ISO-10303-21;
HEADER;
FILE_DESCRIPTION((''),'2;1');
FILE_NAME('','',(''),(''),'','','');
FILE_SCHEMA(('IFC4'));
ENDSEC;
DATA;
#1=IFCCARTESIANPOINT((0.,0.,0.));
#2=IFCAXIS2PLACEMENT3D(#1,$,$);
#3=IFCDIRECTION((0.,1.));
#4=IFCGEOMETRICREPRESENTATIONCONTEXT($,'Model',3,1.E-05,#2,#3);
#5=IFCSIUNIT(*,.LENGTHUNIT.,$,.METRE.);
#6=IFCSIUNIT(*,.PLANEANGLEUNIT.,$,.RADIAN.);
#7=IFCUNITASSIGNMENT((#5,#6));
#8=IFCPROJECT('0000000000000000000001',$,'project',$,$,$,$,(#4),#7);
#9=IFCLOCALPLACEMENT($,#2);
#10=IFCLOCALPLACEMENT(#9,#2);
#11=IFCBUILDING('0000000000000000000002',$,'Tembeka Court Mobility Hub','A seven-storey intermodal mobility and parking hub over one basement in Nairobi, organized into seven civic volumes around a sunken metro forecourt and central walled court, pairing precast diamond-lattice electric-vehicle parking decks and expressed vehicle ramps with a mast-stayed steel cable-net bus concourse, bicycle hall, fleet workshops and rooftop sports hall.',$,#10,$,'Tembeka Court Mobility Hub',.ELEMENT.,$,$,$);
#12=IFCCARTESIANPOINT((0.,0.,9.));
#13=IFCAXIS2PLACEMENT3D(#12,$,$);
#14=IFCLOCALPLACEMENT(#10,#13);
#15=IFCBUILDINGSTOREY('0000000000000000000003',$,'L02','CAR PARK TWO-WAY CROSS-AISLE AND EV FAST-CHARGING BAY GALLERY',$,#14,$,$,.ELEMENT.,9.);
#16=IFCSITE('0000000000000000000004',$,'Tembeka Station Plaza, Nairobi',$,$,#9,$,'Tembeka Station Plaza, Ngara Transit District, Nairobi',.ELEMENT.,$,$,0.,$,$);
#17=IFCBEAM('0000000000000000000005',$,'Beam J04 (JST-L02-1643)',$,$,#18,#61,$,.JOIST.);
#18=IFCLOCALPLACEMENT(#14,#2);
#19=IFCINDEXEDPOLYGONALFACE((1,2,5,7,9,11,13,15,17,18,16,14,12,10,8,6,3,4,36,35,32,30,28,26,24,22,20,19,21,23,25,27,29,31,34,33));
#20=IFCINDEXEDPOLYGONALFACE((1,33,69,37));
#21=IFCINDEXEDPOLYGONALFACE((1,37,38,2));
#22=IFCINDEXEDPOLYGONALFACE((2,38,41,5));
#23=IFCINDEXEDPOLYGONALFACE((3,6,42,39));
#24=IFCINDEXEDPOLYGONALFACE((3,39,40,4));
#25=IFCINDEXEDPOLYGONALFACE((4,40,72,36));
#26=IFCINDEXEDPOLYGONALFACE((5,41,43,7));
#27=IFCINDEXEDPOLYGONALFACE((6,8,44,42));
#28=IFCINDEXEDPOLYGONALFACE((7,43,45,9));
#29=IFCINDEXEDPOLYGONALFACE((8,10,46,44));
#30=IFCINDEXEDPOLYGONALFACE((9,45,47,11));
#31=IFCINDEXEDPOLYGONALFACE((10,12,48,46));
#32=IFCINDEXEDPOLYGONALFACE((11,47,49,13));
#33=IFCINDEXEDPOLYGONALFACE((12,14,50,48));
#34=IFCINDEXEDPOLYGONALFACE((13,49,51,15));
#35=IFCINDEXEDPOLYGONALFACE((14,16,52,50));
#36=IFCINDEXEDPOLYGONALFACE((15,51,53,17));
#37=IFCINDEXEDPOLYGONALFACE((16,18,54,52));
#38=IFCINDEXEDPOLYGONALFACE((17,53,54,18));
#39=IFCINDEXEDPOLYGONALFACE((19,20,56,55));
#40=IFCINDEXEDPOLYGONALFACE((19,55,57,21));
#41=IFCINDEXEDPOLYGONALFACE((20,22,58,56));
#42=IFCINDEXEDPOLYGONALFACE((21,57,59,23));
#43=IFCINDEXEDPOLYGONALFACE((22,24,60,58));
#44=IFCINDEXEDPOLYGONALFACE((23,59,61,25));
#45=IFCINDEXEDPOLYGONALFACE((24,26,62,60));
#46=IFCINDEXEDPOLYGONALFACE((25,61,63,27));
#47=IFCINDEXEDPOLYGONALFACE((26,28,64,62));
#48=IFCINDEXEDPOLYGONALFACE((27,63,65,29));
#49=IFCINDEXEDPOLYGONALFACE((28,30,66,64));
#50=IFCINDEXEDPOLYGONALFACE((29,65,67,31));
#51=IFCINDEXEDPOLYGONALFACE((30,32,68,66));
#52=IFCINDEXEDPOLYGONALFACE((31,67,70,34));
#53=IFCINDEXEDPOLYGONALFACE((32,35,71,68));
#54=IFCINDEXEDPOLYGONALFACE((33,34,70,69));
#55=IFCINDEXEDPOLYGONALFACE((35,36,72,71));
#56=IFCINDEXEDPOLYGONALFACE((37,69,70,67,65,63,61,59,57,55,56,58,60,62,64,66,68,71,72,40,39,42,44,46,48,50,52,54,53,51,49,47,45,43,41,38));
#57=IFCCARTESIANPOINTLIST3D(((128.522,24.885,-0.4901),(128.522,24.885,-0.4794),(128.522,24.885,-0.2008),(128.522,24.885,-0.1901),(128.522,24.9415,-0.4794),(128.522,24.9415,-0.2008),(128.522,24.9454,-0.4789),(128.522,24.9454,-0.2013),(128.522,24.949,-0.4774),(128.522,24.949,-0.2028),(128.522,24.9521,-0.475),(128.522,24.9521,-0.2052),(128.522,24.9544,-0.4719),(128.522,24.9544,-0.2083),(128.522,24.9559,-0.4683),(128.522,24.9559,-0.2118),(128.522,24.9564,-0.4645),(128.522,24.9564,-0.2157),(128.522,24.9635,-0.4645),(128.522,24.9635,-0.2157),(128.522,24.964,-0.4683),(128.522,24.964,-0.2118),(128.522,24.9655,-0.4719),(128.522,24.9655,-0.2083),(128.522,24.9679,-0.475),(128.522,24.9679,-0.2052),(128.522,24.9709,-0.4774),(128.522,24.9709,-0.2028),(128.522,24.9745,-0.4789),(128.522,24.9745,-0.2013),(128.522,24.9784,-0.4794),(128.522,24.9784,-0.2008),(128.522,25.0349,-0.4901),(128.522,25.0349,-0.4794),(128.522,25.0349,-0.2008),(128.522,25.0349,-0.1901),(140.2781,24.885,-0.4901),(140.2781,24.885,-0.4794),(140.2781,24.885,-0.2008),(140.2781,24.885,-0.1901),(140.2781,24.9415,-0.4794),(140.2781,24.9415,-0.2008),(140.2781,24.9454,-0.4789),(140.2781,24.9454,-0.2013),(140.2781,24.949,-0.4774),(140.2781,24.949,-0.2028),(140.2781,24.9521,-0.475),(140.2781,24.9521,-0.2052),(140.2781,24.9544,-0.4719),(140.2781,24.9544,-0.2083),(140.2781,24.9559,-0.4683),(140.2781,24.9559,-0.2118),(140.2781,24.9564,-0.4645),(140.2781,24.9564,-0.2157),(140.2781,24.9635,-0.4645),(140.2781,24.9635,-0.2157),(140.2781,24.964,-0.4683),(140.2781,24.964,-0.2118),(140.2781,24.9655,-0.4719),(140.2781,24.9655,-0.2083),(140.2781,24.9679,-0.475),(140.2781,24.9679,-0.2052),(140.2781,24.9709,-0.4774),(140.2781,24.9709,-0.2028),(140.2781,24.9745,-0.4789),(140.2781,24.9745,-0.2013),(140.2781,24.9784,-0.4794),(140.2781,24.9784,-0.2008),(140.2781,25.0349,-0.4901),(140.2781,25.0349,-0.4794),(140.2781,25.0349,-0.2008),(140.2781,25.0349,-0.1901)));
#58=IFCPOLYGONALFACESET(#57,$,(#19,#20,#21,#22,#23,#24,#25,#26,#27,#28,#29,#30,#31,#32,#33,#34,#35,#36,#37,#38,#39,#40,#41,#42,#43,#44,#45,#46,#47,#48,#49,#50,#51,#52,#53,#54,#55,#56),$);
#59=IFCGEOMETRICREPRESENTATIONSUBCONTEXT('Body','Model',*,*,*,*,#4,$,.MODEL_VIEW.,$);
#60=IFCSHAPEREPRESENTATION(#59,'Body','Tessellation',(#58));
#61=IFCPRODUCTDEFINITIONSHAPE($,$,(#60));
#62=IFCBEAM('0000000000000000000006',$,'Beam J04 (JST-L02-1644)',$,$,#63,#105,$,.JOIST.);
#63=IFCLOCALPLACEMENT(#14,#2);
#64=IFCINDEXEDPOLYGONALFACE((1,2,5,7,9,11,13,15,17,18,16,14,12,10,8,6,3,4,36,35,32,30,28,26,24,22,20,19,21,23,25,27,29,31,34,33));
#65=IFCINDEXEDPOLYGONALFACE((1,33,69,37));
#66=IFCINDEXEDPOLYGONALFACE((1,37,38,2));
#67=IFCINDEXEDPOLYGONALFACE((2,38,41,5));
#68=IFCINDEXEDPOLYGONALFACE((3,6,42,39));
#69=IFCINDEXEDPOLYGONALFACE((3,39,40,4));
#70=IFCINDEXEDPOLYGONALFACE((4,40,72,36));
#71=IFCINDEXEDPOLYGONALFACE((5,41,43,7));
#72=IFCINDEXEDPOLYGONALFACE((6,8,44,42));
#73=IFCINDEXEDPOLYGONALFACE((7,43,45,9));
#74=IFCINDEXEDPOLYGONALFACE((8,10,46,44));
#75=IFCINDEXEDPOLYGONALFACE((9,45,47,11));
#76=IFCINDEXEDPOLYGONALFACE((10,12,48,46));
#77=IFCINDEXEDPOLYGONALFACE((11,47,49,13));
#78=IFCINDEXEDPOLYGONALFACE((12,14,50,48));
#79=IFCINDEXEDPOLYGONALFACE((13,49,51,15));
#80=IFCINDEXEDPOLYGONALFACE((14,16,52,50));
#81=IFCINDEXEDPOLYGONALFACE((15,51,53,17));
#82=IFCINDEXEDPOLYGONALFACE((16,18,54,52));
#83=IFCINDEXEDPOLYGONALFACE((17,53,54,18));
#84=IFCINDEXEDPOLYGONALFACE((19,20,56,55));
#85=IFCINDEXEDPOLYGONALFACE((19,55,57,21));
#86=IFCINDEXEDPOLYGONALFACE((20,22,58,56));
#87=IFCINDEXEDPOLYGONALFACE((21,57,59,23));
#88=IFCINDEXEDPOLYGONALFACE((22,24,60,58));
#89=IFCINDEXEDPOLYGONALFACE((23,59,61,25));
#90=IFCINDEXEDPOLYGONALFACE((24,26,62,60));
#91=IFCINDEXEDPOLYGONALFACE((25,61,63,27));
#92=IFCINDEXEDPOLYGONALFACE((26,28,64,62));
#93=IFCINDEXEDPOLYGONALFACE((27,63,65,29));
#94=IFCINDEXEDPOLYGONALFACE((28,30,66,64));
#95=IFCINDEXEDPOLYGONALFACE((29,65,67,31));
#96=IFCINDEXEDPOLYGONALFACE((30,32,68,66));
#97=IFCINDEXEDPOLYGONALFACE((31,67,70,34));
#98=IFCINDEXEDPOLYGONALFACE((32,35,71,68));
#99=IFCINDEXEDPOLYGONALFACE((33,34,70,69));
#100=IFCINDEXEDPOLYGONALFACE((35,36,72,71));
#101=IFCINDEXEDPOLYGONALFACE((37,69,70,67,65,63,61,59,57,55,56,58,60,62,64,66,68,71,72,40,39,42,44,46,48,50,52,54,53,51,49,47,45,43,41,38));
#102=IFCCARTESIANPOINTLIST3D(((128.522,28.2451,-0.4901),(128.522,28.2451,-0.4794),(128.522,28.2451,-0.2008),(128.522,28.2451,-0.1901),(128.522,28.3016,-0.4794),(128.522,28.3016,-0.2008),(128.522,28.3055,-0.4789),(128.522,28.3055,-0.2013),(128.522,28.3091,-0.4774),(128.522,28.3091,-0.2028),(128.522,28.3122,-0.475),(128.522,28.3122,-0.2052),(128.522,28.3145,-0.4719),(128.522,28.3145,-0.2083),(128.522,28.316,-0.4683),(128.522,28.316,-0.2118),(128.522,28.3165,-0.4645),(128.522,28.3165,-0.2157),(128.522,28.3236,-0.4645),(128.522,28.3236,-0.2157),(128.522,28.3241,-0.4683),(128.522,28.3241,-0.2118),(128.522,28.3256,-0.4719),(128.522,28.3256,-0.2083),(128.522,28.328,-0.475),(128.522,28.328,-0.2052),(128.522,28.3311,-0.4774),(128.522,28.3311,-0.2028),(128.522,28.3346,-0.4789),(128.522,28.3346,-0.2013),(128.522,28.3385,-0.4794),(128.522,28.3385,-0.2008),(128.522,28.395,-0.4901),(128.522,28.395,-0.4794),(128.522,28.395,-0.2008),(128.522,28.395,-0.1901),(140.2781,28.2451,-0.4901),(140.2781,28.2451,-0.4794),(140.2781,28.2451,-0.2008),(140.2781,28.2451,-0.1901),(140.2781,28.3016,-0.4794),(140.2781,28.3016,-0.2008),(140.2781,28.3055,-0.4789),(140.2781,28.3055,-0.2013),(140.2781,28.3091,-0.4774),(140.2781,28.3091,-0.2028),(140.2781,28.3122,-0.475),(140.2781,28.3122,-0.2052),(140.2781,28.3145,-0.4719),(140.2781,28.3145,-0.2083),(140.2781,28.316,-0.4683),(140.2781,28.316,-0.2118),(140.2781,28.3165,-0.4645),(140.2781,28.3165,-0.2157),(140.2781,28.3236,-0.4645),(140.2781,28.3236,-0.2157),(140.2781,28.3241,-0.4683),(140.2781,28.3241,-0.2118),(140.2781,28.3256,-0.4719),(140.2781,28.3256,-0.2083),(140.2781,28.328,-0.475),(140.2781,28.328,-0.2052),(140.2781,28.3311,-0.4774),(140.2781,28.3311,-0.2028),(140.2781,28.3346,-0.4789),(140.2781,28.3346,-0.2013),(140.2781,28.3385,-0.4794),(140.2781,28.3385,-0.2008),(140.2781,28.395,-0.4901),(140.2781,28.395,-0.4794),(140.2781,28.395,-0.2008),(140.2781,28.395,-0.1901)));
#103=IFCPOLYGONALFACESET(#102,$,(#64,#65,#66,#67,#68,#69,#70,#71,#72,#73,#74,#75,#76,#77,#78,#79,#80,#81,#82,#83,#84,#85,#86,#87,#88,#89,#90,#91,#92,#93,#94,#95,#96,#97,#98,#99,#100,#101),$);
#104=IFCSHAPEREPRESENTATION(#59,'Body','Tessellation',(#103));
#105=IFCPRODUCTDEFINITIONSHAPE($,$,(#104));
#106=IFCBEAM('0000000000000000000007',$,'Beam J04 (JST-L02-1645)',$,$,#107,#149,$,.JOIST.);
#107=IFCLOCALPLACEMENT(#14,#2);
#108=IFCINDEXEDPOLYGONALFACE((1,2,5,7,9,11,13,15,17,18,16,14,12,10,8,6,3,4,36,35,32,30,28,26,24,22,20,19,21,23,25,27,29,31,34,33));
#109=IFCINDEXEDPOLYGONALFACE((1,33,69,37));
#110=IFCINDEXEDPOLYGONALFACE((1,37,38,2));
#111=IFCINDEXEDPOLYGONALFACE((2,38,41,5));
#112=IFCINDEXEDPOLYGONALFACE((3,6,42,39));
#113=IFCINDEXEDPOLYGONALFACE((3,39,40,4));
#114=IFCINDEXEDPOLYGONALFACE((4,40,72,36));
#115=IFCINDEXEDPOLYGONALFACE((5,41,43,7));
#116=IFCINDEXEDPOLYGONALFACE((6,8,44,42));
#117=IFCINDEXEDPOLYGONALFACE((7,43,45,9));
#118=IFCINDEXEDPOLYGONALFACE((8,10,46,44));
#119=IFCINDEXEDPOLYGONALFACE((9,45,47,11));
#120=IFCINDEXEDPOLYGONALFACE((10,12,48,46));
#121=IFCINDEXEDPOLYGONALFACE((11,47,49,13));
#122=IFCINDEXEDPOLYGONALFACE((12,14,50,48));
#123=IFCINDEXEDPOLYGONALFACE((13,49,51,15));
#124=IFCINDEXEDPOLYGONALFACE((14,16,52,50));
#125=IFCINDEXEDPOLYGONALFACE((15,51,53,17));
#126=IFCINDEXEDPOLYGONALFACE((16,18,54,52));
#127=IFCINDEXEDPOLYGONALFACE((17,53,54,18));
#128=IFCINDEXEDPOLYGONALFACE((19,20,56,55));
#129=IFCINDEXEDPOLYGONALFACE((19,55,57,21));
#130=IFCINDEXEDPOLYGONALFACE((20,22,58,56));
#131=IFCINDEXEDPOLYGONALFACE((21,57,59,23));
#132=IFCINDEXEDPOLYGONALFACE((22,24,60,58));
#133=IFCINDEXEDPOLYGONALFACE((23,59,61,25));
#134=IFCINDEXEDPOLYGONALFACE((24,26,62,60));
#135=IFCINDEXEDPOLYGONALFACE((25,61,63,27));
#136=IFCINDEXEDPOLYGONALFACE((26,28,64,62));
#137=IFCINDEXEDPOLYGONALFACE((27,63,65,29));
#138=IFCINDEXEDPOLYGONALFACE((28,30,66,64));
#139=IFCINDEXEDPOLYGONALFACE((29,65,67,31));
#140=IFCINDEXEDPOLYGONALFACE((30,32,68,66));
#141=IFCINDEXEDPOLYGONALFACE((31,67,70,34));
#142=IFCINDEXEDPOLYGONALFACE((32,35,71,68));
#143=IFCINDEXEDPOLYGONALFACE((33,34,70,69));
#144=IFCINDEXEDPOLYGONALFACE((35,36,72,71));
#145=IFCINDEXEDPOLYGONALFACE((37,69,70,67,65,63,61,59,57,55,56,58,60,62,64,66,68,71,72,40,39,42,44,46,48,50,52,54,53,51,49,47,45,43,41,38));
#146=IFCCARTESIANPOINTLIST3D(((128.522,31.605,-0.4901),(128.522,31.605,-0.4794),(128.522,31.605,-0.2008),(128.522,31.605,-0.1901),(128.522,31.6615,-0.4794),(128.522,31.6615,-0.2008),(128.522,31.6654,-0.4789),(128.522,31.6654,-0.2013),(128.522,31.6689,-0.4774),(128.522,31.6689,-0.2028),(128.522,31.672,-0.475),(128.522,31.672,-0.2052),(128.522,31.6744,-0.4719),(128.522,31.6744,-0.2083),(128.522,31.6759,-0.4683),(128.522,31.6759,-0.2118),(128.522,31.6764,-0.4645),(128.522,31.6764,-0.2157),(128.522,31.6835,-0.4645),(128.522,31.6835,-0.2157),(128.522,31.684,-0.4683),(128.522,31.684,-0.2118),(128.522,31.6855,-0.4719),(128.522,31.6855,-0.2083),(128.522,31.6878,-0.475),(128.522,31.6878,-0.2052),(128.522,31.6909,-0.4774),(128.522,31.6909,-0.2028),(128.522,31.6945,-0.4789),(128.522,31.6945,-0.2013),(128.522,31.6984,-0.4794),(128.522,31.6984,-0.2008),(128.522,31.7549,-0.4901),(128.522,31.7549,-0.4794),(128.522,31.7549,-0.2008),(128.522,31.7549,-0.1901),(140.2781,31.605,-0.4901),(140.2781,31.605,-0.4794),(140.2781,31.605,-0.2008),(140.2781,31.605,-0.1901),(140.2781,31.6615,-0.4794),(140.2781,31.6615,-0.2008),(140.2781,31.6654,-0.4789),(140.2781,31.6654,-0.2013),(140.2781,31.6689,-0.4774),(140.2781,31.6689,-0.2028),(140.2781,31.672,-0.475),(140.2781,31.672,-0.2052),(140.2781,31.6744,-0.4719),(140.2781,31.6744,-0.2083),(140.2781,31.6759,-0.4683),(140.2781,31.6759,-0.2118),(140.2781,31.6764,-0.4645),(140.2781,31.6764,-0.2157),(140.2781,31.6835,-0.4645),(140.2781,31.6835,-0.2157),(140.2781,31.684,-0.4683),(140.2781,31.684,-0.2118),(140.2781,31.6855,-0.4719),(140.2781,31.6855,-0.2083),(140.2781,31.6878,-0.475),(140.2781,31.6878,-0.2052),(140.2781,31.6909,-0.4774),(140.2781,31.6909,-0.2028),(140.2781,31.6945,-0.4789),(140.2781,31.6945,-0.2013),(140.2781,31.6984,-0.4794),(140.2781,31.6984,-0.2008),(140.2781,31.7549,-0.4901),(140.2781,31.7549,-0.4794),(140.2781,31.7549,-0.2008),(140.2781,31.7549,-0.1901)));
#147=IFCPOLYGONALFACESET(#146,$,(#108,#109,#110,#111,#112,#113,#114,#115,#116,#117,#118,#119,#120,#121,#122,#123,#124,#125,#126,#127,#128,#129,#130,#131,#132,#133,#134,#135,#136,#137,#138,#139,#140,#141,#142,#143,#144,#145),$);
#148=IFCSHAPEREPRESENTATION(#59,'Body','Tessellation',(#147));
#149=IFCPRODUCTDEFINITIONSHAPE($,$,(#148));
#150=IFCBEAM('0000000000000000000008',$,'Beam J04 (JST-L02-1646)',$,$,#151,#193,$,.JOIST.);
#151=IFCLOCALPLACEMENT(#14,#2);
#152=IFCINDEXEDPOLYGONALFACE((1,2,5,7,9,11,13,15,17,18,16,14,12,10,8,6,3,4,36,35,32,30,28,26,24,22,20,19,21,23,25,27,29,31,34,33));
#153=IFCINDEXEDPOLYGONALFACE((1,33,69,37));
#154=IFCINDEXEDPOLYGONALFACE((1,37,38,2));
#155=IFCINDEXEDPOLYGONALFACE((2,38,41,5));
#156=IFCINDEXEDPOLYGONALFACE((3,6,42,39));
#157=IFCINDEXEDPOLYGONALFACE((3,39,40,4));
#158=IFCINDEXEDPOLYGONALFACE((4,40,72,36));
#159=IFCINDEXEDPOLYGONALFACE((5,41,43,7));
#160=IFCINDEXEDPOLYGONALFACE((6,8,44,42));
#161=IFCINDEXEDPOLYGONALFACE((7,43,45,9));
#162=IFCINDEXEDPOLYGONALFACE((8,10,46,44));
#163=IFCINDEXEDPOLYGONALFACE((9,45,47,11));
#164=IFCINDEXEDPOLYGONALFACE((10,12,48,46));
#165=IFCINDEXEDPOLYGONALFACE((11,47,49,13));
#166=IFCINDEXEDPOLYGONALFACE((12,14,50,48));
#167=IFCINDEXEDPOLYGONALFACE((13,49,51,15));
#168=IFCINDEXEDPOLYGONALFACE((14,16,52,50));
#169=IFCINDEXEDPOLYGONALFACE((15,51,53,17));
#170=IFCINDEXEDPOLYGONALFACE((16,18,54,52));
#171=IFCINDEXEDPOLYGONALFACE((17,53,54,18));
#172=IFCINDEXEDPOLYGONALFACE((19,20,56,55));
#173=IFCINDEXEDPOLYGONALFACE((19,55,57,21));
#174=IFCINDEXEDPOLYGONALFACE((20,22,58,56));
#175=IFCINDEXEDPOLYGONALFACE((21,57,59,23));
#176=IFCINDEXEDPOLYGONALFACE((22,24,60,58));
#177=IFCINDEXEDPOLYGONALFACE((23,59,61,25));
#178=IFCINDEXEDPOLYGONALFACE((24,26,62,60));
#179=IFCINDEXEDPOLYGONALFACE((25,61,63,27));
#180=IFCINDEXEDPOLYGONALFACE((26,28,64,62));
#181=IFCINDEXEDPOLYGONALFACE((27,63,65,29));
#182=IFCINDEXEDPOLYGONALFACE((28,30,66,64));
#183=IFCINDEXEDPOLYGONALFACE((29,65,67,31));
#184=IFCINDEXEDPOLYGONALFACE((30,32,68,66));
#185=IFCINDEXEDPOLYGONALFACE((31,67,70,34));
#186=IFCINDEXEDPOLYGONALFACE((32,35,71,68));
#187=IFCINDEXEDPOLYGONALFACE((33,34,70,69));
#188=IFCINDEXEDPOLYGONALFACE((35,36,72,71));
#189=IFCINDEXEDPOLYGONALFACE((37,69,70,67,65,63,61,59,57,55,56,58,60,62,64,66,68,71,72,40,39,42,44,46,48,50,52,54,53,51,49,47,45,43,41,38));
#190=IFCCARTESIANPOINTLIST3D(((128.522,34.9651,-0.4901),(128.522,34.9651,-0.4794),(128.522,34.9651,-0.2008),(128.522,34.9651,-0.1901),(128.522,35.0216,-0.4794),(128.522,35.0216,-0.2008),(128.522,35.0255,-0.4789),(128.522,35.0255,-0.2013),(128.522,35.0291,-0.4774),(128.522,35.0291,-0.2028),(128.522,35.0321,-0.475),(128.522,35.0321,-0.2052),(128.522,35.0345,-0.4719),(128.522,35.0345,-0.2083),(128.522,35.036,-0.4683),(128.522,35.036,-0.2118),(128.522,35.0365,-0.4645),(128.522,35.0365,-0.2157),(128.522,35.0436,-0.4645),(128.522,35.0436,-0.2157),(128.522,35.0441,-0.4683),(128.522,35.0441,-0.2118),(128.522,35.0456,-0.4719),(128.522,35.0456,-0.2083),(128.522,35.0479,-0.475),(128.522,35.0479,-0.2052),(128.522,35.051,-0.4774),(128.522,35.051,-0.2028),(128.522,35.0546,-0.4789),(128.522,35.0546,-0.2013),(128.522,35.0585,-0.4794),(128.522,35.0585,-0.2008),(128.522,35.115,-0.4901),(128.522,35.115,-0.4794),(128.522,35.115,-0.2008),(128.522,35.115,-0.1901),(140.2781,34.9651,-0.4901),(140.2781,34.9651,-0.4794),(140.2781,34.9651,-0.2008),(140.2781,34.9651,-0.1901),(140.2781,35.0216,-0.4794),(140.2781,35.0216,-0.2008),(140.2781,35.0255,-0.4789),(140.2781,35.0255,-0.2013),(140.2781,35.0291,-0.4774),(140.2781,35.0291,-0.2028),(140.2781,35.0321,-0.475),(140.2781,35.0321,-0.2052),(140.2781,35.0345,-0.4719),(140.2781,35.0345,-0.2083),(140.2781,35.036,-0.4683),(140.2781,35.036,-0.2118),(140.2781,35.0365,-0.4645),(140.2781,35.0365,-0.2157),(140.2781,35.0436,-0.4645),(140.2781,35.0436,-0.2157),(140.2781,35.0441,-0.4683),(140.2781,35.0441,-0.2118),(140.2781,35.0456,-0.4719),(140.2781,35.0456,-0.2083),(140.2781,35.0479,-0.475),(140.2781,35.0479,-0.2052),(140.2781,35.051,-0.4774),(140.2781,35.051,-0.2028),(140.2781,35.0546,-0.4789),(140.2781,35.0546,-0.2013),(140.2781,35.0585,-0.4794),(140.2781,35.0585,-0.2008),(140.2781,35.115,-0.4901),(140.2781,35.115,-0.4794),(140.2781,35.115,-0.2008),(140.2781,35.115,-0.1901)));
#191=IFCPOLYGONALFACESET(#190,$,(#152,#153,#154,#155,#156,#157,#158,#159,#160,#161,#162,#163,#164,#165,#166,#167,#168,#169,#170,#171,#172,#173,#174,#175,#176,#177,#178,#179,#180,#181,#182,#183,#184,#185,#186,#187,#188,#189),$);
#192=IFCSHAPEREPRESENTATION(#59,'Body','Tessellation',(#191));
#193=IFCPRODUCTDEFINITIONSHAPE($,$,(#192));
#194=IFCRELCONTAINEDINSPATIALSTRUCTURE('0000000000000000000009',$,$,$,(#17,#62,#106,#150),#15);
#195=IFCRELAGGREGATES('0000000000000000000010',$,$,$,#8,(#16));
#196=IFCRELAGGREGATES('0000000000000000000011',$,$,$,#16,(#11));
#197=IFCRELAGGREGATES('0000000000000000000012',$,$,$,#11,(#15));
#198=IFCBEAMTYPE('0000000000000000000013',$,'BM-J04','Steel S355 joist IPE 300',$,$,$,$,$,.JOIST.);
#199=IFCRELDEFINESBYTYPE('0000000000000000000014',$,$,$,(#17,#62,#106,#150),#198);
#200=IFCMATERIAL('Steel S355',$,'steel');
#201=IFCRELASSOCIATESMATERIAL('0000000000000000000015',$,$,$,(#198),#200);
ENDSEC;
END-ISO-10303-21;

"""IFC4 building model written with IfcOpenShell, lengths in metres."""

from ifc_helpers import new_model, si_unit, direction, frame, origin, origin_2d, place, context, subcontext, project, spatial, i_section, extrude, material, material_profile, profile_set, type_object, element, save


model = new_model("IFC4")

# Units and contexts
model_context = context("Model", 3, precision=1e-05, world=origin(), true_north=direction((0.0, 1.0)))
body_context = subcontext(model_context, "Body", "Model", "MODEL_VIEW")
ifc_project = project(units=[si_unit("LENGTHUNIT", "METRE"), si_unit("PLANEANGLEUNIT", "RADIAN")], contexts=[model_context])

# Site, building, storey
site_placement = place(None, origin())
site = spatial("IfcSite", under=ifc_project, at=site_placement, Name="Tembeka Station Plaza, Nairobi", LongName="Tembeka Station Plaza, Ngara Transit District, Nairobi", CompositionType="ELEMENT", RefElevation=0.0)
building_placement = place(site_placement, origin())
building = spatial("IfcBuilding", under=site, at=building_placement, Name="Tembeka Court Mobility Hub", Description="A seven-storey intermodal mobility and parking hub over one basement in Nairobi, organized into seven civic volumes around a sunken metro forecourt and central walled court, pairing precast diamond-lattice electric-vehicle parking decks and expressed vehicle ramps with a mast-stayed steel cable-net bus concourse, bicycle hall, fleet workshops and rooftop sports hall.", LongName="Tembeka Court Mobility Hub", CompositionType="ELEMENT")
storey_placement = place(building_placement, frame((0.0, 0.0, 9.0)))
storey = spatial("IfcBuildingStorey", under=building, at=storey_placement, Name="L02", Description="CAR PARK TWO-WAY CROSS-AISLE AND EV FAST-CHARGING BAY GALLERY", CompositionType="ELEMENT", Elevation=9.0)

# Shared definitions
ifc_material_1 = material(Name="Steel S355", Category="steel")

# Beams
ifc_material_profile_1 = material_profile(ifc_material_1, i_section(OverallWidth=0.1499, OverallDepth=0.3, WebThickness=0.0071, FlangeThickness=0.0107, FilletRadius=0.0149, at=origin_2d()), Name="IPE 300")
ifc_profile_set_1 = profile_set([ifc_material_profile_1], Name="Steel S355")
beam_type_1 = type_object("IfcBeamType", Name="BM-J04", Description="Steel S355 joist IPE 300", PredefinedType="JOIST", material=ifc_profile_set_1)
for number, where, z_axis, x_axis, name in (
    (1, (128.522, 24.96, -0.3401), (1.0, 0.0, 0.0), (0.0, 1.0, 0.0), "Beam J04 (JST-L02-1643)"),
    (2, (128.522, 28.3201, -0.3401), (1.0, 0.0, 0.0), (0.0, 1.0, 0.0), "Beam J04 (JST-L02-1644)"),
    (3, (128.522, 31.6799, -0.3401), (1.0, 0.0, 0.0), (0.0, 1.0, 0.0), "Beam J04 (JST-L02-1645)"),
    (4, (128.522, 35.04, -0.3401), (1.0, 0.0, 0.0), (0.0, 1.0, 0.0), "Beam J04 (JST-L02-1646)"),
):
    element("IfcBeam", number, at=place(storey_placement, frame(where, z_axis=z_axis, x_axis=x_axis)), inside=storey, type_object=beam_type_1, Name=name, PredefinedType="JOIST", context=body_context, shape_type="SweptSolid", body=[
        extrude(i_section(OverallWidth=0.1499, OverallDepth=0.3, WebThickness=0.0071, FlangeThickness=0.0107, FilletRadius=0.0149, at=origin_2d()), origin(), (0.0, 0.0, 1.0), 11.7561),
    ])

save(model, "model.ifc")
